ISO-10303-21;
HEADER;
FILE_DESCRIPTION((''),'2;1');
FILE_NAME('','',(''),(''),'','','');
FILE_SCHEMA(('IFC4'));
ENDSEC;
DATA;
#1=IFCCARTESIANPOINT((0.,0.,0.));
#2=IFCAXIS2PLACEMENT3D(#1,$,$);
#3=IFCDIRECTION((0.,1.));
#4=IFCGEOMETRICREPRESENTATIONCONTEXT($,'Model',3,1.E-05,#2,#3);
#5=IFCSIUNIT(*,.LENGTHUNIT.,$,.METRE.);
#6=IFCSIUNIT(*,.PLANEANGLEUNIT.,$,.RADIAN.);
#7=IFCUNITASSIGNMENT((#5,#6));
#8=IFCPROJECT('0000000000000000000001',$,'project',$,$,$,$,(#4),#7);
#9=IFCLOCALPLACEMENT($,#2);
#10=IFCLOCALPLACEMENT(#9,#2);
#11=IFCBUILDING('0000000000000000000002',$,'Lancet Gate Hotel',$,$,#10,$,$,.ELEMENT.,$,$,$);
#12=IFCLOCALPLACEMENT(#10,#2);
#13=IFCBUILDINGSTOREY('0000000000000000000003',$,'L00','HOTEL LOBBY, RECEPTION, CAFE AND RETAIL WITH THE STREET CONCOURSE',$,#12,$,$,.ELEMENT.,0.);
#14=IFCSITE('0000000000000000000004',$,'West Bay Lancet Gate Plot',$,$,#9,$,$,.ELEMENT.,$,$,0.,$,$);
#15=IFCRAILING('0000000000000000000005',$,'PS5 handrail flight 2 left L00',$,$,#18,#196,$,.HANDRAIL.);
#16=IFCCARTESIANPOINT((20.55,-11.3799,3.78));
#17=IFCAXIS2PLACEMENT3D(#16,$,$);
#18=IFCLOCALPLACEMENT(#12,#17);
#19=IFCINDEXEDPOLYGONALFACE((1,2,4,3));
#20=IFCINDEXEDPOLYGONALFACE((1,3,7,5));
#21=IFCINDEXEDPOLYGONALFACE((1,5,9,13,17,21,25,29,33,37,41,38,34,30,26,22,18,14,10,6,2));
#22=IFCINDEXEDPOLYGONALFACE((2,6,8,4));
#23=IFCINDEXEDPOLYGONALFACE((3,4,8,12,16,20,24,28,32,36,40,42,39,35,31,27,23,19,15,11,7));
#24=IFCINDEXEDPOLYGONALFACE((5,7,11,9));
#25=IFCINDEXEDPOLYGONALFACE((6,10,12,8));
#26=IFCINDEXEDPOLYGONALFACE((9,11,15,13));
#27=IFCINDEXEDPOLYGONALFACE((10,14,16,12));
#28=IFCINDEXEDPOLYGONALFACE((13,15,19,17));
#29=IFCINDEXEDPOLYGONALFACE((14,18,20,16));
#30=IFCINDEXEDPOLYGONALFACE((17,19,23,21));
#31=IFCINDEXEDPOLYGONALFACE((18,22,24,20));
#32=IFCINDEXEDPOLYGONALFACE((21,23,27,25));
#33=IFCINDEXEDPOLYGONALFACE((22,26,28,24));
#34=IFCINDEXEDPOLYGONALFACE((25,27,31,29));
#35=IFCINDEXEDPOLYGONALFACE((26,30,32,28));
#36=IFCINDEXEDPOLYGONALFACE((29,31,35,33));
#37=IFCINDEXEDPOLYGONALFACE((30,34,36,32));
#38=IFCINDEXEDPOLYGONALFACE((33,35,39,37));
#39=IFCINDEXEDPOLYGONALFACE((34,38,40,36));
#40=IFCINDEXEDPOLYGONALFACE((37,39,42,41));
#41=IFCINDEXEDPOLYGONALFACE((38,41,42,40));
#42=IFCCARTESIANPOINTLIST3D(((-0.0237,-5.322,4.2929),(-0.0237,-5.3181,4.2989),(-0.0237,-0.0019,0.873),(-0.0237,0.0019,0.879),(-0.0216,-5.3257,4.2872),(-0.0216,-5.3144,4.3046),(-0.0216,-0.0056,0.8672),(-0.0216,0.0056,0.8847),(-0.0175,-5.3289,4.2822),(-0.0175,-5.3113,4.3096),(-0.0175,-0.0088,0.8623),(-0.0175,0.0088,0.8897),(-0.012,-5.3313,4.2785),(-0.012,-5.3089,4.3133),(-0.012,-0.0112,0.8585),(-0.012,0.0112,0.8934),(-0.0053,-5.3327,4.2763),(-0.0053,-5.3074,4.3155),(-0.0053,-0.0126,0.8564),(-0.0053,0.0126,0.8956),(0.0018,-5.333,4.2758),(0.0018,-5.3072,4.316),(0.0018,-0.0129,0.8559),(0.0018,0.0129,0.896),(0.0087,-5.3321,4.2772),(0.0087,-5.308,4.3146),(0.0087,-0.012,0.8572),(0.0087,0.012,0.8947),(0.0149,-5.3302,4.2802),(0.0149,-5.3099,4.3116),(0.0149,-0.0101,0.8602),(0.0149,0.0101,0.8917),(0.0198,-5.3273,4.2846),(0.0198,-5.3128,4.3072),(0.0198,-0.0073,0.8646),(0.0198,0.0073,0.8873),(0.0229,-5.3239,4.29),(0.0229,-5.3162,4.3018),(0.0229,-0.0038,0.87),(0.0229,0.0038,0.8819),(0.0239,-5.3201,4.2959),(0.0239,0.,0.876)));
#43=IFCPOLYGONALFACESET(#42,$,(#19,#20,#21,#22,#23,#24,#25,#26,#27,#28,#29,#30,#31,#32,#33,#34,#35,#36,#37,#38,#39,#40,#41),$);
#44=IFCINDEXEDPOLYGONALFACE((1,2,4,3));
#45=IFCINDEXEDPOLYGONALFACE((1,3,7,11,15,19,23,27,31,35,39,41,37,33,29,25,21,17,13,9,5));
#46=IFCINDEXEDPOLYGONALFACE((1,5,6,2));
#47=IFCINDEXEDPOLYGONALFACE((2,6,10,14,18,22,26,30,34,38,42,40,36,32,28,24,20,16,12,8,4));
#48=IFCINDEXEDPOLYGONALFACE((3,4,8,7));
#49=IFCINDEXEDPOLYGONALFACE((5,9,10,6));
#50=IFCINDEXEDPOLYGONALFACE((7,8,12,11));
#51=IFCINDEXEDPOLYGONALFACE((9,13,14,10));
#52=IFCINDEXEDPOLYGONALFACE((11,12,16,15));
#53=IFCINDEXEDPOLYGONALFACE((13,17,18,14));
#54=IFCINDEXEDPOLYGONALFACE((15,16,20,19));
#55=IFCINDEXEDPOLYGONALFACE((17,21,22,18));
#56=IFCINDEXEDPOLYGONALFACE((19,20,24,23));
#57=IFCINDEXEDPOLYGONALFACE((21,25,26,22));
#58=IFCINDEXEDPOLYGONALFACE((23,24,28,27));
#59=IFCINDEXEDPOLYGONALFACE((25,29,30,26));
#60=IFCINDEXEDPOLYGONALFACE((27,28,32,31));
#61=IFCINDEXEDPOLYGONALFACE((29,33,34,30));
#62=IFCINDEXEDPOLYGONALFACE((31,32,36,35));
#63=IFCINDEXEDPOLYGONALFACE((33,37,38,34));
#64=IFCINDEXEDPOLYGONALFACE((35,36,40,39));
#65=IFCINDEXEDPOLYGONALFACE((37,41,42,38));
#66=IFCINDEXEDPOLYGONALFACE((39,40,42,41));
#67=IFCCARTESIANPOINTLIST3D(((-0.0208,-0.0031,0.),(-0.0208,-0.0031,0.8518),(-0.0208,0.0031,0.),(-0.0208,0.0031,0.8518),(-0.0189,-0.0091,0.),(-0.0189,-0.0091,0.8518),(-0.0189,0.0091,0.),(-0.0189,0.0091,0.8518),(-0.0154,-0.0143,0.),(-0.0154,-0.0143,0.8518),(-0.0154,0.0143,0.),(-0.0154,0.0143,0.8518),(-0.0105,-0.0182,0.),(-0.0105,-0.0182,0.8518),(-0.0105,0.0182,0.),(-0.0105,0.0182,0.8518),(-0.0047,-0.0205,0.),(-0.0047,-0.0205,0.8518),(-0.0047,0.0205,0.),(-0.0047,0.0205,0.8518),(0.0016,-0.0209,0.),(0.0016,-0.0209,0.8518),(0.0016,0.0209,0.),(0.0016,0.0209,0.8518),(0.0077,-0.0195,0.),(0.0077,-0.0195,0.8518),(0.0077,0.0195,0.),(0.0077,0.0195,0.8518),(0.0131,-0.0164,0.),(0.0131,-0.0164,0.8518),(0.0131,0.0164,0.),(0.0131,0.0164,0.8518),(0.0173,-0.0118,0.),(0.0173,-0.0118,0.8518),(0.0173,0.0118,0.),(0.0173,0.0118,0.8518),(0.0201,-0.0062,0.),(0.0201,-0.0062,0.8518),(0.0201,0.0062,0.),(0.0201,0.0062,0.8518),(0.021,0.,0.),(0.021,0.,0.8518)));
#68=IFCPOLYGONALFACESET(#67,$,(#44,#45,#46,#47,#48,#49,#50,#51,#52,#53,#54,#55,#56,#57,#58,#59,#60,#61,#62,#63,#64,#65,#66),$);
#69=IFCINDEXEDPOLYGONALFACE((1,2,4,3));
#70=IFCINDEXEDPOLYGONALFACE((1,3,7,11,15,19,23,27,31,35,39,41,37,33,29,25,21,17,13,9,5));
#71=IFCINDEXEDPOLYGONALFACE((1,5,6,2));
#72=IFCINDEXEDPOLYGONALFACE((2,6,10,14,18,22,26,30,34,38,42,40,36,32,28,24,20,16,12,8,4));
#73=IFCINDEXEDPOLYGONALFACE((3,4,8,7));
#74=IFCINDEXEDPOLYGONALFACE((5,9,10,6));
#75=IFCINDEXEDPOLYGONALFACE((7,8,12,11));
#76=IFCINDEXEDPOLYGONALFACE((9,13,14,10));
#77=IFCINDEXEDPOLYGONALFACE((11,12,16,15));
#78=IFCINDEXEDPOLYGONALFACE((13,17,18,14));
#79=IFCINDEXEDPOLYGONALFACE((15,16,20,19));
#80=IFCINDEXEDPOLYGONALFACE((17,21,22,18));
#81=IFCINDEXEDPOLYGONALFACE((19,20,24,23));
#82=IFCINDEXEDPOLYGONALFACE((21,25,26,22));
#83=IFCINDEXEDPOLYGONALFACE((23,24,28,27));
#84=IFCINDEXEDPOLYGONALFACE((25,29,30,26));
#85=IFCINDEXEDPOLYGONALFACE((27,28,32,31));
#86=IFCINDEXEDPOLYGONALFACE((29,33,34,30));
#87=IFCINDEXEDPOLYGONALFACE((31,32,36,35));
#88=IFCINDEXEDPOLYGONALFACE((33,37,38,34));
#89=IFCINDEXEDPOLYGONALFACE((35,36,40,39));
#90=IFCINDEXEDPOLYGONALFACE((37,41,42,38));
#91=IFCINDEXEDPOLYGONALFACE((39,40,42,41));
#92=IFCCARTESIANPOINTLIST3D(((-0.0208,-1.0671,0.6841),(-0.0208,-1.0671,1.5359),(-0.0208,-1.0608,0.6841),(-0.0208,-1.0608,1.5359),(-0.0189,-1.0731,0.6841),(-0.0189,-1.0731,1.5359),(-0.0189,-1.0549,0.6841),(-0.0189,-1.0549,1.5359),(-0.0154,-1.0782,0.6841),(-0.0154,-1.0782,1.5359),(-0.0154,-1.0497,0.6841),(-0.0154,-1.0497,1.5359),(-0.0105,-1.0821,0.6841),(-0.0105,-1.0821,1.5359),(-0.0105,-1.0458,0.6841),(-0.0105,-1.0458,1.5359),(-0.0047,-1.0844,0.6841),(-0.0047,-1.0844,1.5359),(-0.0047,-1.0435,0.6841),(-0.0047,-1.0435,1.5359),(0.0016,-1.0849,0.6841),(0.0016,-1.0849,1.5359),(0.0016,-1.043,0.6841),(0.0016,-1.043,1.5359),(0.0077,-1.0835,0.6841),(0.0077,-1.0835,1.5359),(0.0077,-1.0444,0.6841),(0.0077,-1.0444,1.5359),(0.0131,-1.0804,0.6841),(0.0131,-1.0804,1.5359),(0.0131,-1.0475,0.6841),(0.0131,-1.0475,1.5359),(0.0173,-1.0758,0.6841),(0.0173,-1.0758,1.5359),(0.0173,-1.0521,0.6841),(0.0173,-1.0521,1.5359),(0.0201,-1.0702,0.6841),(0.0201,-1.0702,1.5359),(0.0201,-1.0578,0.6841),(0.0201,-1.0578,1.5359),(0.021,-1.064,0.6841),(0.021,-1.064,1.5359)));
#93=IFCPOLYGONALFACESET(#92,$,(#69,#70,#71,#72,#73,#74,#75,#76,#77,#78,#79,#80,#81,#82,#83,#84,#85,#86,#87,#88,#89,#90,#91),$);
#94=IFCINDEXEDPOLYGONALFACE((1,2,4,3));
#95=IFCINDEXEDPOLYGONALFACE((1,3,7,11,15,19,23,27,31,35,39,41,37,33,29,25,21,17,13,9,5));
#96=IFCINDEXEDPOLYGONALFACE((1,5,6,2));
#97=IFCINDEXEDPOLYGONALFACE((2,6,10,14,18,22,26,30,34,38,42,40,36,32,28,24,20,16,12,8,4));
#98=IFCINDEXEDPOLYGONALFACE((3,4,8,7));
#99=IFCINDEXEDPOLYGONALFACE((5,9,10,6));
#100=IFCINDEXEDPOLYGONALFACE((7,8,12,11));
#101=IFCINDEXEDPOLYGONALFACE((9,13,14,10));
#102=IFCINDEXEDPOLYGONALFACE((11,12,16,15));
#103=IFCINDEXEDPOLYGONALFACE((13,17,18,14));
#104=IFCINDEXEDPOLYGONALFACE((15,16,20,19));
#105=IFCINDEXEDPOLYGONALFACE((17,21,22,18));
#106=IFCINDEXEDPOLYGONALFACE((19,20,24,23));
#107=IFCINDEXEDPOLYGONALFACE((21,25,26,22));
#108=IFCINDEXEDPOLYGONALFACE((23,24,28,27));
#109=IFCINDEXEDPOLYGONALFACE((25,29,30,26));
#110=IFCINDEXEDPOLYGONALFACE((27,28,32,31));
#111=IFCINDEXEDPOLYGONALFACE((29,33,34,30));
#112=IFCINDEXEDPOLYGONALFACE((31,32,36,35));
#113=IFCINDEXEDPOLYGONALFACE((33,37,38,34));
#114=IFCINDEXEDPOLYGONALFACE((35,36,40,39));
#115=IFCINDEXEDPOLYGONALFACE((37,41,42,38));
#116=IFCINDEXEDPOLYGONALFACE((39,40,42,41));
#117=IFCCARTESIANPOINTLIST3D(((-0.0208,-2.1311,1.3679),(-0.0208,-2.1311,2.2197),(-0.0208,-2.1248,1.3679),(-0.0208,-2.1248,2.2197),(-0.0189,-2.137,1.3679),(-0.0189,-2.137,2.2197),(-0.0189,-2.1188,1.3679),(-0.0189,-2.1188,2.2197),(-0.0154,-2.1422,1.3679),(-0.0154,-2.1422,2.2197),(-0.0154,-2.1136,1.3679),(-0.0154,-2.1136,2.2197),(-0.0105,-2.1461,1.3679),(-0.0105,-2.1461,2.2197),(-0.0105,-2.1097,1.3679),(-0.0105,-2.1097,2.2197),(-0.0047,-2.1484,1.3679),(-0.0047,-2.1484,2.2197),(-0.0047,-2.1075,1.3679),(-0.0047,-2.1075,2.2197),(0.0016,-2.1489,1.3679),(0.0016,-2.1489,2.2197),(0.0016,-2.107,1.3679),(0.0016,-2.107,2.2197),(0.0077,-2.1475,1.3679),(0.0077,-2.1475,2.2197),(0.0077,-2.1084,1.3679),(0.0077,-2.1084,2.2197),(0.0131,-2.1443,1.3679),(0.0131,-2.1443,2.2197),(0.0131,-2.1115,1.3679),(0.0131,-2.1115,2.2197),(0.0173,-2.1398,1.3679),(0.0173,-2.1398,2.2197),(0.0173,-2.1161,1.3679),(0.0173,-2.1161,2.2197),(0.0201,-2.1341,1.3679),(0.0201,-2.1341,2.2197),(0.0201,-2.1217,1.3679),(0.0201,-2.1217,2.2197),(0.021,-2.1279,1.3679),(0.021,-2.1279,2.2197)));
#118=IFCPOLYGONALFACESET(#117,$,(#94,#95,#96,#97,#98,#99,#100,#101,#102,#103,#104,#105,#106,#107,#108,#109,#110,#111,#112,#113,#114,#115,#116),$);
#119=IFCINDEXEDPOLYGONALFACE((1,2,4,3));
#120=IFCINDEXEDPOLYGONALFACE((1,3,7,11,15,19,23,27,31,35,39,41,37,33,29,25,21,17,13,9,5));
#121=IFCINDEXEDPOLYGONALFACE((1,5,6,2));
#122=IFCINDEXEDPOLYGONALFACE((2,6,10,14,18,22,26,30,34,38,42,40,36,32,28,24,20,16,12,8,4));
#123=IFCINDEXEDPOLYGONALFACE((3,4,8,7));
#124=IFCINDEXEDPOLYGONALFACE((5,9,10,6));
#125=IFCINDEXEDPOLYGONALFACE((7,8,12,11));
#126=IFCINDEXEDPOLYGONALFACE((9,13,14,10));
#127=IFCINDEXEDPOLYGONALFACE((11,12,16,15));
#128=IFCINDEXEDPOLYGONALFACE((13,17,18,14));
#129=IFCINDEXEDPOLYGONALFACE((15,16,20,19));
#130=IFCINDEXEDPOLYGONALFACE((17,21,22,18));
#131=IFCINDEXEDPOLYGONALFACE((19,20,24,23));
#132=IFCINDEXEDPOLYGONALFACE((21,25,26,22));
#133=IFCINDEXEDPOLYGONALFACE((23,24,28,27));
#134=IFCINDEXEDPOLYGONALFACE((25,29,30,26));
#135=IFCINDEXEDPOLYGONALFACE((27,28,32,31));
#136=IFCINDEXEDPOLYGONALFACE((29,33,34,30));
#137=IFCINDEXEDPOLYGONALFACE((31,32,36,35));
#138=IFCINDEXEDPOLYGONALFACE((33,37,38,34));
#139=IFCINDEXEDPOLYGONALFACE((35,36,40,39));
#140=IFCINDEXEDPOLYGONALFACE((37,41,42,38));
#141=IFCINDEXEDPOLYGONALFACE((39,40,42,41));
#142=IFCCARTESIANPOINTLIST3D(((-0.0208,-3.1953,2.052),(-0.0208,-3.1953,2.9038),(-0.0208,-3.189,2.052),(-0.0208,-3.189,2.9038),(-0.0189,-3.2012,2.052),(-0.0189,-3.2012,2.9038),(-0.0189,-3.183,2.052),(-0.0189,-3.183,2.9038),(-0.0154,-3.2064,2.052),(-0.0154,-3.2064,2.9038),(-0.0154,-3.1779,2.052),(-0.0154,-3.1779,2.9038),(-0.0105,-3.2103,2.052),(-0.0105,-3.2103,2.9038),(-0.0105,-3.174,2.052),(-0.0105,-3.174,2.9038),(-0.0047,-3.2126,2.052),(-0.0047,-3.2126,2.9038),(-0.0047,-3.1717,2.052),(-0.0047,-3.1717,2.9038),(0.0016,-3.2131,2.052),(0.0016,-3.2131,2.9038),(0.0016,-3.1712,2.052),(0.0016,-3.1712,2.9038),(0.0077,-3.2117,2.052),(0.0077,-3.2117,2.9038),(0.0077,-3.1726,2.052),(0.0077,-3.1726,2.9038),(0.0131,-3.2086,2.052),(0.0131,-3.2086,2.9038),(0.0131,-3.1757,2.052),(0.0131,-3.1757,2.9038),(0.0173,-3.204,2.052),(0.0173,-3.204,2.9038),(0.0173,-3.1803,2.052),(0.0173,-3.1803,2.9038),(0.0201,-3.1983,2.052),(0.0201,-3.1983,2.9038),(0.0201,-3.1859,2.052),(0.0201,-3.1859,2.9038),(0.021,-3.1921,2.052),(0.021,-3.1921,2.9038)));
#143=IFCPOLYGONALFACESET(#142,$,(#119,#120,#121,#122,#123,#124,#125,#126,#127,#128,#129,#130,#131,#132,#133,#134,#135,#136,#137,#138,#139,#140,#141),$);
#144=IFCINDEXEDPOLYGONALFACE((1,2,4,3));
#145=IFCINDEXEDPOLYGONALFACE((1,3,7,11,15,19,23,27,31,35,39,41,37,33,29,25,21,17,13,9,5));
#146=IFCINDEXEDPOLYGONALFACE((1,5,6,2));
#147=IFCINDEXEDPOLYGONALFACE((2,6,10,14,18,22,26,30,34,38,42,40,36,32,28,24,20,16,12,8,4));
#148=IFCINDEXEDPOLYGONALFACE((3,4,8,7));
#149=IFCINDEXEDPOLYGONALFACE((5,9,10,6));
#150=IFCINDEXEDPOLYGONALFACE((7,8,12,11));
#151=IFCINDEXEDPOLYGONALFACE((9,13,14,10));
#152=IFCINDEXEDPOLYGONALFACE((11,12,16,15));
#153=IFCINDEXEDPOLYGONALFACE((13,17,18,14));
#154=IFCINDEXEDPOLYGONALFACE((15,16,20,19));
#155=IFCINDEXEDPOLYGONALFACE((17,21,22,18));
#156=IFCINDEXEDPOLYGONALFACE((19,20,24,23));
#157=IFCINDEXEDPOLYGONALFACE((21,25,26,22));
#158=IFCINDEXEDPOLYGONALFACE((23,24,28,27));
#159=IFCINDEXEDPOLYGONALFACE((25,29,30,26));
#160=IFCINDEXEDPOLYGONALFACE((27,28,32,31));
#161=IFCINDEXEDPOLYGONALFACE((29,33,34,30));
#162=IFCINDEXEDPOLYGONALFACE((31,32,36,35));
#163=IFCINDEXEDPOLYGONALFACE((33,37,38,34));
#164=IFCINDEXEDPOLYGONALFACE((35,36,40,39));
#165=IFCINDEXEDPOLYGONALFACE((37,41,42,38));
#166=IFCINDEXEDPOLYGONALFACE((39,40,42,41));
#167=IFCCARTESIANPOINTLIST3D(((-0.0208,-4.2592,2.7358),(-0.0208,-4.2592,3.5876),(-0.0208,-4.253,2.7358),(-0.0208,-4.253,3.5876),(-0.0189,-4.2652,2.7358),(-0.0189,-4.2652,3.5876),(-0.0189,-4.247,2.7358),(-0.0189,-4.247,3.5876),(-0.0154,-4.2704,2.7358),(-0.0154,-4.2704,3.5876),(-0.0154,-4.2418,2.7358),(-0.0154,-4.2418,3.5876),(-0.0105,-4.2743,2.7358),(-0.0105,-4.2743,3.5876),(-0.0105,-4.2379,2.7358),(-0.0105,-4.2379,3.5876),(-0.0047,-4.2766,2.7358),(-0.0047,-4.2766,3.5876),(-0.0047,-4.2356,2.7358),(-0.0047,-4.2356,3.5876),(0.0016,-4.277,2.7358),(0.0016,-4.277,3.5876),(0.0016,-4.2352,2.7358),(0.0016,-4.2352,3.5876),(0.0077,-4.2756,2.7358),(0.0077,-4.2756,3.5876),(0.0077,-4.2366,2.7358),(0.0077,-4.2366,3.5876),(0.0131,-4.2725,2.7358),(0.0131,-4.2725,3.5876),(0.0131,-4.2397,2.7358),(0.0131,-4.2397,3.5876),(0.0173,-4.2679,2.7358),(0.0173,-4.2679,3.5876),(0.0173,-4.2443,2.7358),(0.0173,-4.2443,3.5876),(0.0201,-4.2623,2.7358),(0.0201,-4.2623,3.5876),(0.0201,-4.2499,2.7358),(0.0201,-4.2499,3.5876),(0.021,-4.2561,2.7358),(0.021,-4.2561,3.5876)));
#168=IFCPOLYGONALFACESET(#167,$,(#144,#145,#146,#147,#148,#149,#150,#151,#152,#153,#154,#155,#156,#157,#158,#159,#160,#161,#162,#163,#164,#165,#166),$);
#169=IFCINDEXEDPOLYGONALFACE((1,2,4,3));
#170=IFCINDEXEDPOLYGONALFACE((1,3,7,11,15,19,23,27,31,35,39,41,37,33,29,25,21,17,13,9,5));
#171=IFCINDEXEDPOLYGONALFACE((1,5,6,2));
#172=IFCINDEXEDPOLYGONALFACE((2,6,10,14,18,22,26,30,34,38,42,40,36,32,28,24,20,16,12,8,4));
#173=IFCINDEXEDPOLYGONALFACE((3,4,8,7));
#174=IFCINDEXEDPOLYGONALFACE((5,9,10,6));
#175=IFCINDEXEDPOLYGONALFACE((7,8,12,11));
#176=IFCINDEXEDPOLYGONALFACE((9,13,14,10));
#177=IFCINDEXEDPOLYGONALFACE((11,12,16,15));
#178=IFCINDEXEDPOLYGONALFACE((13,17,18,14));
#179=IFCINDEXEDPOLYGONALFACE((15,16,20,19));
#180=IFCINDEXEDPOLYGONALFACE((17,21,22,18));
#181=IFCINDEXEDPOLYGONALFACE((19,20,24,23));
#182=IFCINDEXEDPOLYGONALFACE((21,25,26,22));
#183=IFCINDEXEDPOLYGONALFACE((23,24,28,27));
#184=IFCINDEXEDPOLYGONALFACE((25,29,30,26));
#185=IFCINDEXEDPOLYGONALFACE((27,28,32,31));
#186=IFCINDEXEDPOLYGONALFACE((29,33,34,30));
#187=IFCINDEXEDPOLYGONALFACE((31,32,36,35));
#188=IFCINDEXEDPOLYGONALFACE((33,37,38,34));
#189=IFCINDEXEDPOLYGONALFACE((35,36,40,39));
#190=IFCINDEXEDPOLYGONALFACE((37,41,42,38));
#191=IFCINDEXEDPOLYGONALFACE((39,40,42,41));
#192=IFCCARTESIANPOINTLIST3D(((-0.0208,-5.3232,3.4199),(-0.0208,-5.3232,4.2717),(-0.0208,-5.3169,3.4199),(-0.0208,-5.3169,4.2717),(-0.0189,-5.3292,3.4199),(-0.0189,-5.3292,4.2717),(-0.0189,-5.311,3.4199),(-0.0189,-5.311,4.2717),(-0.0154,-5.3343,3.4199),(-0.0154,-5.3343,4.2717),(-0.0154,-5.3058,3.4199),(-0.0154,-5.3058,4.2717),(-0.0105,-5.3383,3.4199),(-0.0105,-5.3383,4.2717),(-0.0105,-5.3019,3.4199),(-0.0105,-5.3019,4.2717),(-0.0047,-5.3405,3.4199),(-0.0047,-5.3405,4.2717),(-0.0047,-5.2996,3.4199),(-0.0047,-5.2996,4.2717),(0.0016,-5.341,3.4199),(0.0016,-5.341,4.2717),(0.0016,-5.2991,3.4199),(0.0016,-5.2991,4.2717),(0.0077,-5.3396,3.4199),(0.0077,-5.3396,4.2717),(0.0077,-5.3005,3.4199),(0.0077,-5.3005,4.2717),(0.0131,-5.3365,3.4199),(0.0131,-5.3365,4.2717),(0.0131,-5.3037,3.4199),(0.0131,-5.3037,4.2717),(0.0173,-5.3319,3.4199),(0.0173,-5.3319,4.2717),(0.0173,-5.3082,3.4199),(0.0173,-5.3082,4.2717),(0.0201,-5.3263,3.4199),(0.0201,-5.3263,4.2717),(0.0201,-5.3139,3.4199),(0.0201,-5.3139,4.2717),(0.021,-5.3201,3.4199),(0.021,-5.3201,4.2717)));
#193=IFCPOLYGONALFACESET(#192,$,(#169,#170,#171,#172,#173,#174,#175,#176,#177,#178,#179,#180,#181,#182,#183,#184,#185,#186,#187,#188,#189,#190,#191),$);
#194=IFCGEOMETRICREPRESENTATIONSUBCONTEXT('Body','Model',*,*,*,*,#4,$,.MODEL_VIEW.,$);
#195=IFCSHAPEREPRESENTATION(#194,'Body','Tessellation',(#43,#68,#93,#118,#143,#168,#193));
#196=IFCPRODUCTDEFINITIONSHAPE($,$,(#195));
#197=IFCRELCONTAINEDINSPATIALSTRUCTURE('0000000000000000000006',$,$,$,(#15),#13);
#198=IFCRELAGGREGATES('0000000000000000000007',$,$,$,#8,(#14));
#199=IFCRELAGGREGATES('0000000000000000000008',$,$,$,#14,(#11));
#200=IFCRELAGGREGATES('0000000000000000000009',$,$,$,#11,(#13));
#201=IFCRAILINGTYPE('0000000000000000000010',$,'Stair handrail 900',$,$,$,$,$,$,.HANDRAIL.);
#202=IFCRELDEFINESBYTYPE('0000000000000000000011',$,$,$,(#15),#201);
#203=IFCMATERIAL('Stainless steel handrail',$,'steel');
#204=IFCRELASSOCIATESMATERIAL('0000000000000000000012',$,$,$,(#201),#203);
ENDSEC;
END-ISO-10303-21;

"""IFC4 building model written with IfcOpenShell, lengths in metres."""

from ifc_helpers import new_model, si_unit, direction, frame, origin, origin_2d, place, context, subcontext, project, spatial, circle, extrude, material, type_object, element, save


model = new_model("IFC4")

# Units and contexts
model_context = context("Model", 3, precision=1e-05, world=origin(), true_north=direction((0.0, 1.0)))
body_context = subcontext(model_context, "Body", "Model", "MODEL_VIEW")
ifc_project = project(units=[si_unit("LENGTHUNIT", "METRE"), si_unit("PLANEANGLEUNIT", "RADIAN")], contexts=[model_context])

# Site, building, storey
site_placement = place(None, origin())
site = spatial("IfcSite", under=ifc_project, at=site_placement, Name="West Bay Lancet Gate Plot", CompositionType="ELEMENT", RefElevation=0.0)
building_placement = place(site_placement, origin())
building = spatial("IfcBuilding", under=site, at=building_placement, Name="Lancet Gate Hotel", CompositionType="ELEMENT")
storey_placement = place(building_placement, origin())
storey = spatial("IfcBuildingStorey", under=building, at=storey_placement, Name="L00", Description="HOTEL LOBBY, RECEPTION, CAFE AND RETAIL WITH THE STREET CONCOURSE", CompositionType="ELEMENT", Elevation=0.0)

# Railing
ifc_material_1 = material(Name="Stainless steel handrail", Category="steel")
railing_type_1 = type_object("IfcRailingType", Name="Stair handrail 900", PredefinedType="HANDRAIL", material=ifc_material_1)
for number, where, name in (
    (1, (20.55, -11.3799, 3.78), "PS5 handrail flight 2 left L00"),
):
    element("IfcRailing", number, at=place(storey_placement, frame(where)), inside=storey, type_object=railing_type_1, Name=name, PredefinedType="HANDRAIL", context=body_context, shape_type="SweptSolid", body=[
        extrude(circle(Radius=0.0239, at=origin_2d()), frame((0.0, 0.0, 0.876), z_axis=(0.0, -0.841187, 0.540744), x_axis=(1.0, 0.0, 0.0)), (0.0, 0.0, 1.0), 6.3245),
        extrude(circle(Radius=0.021, at=origin_2d()), origin(), (0.0, 0.0, 1.0), 0.8518),
        extrude(circle(Radius=0.021, at=origin_2d()), frame((0.0, -1.064, 0.6841)), (0.0, 0.0, 1.0), 0.8518),
        extrude(circle(Radius=0.021, at=origin_2d()), frame((0.0, -2.1279, 1.3679)), (0.0, 0.0, 1.0), 0.8518),
        extrude(circle(Radius=0.021, at=origin_2d()), frame((0.0, -3.1921, 2.052)), (0.0, 0.0, 1.0), 0.8518),
        extrude(circle(Radius=0.021, at=origin_2d()), frame((0.0, -4.2561, 2.7358)), (0.0, 0.0, 1.0), 0.8518),
        extrude(circle(Radius=0.021, at=origin_2d()), frame((0.0, -5.3201, 3.4199)), (0.0, 0.0, 1.0), 0.8518),
    ])

save(model, "model.ifc")
